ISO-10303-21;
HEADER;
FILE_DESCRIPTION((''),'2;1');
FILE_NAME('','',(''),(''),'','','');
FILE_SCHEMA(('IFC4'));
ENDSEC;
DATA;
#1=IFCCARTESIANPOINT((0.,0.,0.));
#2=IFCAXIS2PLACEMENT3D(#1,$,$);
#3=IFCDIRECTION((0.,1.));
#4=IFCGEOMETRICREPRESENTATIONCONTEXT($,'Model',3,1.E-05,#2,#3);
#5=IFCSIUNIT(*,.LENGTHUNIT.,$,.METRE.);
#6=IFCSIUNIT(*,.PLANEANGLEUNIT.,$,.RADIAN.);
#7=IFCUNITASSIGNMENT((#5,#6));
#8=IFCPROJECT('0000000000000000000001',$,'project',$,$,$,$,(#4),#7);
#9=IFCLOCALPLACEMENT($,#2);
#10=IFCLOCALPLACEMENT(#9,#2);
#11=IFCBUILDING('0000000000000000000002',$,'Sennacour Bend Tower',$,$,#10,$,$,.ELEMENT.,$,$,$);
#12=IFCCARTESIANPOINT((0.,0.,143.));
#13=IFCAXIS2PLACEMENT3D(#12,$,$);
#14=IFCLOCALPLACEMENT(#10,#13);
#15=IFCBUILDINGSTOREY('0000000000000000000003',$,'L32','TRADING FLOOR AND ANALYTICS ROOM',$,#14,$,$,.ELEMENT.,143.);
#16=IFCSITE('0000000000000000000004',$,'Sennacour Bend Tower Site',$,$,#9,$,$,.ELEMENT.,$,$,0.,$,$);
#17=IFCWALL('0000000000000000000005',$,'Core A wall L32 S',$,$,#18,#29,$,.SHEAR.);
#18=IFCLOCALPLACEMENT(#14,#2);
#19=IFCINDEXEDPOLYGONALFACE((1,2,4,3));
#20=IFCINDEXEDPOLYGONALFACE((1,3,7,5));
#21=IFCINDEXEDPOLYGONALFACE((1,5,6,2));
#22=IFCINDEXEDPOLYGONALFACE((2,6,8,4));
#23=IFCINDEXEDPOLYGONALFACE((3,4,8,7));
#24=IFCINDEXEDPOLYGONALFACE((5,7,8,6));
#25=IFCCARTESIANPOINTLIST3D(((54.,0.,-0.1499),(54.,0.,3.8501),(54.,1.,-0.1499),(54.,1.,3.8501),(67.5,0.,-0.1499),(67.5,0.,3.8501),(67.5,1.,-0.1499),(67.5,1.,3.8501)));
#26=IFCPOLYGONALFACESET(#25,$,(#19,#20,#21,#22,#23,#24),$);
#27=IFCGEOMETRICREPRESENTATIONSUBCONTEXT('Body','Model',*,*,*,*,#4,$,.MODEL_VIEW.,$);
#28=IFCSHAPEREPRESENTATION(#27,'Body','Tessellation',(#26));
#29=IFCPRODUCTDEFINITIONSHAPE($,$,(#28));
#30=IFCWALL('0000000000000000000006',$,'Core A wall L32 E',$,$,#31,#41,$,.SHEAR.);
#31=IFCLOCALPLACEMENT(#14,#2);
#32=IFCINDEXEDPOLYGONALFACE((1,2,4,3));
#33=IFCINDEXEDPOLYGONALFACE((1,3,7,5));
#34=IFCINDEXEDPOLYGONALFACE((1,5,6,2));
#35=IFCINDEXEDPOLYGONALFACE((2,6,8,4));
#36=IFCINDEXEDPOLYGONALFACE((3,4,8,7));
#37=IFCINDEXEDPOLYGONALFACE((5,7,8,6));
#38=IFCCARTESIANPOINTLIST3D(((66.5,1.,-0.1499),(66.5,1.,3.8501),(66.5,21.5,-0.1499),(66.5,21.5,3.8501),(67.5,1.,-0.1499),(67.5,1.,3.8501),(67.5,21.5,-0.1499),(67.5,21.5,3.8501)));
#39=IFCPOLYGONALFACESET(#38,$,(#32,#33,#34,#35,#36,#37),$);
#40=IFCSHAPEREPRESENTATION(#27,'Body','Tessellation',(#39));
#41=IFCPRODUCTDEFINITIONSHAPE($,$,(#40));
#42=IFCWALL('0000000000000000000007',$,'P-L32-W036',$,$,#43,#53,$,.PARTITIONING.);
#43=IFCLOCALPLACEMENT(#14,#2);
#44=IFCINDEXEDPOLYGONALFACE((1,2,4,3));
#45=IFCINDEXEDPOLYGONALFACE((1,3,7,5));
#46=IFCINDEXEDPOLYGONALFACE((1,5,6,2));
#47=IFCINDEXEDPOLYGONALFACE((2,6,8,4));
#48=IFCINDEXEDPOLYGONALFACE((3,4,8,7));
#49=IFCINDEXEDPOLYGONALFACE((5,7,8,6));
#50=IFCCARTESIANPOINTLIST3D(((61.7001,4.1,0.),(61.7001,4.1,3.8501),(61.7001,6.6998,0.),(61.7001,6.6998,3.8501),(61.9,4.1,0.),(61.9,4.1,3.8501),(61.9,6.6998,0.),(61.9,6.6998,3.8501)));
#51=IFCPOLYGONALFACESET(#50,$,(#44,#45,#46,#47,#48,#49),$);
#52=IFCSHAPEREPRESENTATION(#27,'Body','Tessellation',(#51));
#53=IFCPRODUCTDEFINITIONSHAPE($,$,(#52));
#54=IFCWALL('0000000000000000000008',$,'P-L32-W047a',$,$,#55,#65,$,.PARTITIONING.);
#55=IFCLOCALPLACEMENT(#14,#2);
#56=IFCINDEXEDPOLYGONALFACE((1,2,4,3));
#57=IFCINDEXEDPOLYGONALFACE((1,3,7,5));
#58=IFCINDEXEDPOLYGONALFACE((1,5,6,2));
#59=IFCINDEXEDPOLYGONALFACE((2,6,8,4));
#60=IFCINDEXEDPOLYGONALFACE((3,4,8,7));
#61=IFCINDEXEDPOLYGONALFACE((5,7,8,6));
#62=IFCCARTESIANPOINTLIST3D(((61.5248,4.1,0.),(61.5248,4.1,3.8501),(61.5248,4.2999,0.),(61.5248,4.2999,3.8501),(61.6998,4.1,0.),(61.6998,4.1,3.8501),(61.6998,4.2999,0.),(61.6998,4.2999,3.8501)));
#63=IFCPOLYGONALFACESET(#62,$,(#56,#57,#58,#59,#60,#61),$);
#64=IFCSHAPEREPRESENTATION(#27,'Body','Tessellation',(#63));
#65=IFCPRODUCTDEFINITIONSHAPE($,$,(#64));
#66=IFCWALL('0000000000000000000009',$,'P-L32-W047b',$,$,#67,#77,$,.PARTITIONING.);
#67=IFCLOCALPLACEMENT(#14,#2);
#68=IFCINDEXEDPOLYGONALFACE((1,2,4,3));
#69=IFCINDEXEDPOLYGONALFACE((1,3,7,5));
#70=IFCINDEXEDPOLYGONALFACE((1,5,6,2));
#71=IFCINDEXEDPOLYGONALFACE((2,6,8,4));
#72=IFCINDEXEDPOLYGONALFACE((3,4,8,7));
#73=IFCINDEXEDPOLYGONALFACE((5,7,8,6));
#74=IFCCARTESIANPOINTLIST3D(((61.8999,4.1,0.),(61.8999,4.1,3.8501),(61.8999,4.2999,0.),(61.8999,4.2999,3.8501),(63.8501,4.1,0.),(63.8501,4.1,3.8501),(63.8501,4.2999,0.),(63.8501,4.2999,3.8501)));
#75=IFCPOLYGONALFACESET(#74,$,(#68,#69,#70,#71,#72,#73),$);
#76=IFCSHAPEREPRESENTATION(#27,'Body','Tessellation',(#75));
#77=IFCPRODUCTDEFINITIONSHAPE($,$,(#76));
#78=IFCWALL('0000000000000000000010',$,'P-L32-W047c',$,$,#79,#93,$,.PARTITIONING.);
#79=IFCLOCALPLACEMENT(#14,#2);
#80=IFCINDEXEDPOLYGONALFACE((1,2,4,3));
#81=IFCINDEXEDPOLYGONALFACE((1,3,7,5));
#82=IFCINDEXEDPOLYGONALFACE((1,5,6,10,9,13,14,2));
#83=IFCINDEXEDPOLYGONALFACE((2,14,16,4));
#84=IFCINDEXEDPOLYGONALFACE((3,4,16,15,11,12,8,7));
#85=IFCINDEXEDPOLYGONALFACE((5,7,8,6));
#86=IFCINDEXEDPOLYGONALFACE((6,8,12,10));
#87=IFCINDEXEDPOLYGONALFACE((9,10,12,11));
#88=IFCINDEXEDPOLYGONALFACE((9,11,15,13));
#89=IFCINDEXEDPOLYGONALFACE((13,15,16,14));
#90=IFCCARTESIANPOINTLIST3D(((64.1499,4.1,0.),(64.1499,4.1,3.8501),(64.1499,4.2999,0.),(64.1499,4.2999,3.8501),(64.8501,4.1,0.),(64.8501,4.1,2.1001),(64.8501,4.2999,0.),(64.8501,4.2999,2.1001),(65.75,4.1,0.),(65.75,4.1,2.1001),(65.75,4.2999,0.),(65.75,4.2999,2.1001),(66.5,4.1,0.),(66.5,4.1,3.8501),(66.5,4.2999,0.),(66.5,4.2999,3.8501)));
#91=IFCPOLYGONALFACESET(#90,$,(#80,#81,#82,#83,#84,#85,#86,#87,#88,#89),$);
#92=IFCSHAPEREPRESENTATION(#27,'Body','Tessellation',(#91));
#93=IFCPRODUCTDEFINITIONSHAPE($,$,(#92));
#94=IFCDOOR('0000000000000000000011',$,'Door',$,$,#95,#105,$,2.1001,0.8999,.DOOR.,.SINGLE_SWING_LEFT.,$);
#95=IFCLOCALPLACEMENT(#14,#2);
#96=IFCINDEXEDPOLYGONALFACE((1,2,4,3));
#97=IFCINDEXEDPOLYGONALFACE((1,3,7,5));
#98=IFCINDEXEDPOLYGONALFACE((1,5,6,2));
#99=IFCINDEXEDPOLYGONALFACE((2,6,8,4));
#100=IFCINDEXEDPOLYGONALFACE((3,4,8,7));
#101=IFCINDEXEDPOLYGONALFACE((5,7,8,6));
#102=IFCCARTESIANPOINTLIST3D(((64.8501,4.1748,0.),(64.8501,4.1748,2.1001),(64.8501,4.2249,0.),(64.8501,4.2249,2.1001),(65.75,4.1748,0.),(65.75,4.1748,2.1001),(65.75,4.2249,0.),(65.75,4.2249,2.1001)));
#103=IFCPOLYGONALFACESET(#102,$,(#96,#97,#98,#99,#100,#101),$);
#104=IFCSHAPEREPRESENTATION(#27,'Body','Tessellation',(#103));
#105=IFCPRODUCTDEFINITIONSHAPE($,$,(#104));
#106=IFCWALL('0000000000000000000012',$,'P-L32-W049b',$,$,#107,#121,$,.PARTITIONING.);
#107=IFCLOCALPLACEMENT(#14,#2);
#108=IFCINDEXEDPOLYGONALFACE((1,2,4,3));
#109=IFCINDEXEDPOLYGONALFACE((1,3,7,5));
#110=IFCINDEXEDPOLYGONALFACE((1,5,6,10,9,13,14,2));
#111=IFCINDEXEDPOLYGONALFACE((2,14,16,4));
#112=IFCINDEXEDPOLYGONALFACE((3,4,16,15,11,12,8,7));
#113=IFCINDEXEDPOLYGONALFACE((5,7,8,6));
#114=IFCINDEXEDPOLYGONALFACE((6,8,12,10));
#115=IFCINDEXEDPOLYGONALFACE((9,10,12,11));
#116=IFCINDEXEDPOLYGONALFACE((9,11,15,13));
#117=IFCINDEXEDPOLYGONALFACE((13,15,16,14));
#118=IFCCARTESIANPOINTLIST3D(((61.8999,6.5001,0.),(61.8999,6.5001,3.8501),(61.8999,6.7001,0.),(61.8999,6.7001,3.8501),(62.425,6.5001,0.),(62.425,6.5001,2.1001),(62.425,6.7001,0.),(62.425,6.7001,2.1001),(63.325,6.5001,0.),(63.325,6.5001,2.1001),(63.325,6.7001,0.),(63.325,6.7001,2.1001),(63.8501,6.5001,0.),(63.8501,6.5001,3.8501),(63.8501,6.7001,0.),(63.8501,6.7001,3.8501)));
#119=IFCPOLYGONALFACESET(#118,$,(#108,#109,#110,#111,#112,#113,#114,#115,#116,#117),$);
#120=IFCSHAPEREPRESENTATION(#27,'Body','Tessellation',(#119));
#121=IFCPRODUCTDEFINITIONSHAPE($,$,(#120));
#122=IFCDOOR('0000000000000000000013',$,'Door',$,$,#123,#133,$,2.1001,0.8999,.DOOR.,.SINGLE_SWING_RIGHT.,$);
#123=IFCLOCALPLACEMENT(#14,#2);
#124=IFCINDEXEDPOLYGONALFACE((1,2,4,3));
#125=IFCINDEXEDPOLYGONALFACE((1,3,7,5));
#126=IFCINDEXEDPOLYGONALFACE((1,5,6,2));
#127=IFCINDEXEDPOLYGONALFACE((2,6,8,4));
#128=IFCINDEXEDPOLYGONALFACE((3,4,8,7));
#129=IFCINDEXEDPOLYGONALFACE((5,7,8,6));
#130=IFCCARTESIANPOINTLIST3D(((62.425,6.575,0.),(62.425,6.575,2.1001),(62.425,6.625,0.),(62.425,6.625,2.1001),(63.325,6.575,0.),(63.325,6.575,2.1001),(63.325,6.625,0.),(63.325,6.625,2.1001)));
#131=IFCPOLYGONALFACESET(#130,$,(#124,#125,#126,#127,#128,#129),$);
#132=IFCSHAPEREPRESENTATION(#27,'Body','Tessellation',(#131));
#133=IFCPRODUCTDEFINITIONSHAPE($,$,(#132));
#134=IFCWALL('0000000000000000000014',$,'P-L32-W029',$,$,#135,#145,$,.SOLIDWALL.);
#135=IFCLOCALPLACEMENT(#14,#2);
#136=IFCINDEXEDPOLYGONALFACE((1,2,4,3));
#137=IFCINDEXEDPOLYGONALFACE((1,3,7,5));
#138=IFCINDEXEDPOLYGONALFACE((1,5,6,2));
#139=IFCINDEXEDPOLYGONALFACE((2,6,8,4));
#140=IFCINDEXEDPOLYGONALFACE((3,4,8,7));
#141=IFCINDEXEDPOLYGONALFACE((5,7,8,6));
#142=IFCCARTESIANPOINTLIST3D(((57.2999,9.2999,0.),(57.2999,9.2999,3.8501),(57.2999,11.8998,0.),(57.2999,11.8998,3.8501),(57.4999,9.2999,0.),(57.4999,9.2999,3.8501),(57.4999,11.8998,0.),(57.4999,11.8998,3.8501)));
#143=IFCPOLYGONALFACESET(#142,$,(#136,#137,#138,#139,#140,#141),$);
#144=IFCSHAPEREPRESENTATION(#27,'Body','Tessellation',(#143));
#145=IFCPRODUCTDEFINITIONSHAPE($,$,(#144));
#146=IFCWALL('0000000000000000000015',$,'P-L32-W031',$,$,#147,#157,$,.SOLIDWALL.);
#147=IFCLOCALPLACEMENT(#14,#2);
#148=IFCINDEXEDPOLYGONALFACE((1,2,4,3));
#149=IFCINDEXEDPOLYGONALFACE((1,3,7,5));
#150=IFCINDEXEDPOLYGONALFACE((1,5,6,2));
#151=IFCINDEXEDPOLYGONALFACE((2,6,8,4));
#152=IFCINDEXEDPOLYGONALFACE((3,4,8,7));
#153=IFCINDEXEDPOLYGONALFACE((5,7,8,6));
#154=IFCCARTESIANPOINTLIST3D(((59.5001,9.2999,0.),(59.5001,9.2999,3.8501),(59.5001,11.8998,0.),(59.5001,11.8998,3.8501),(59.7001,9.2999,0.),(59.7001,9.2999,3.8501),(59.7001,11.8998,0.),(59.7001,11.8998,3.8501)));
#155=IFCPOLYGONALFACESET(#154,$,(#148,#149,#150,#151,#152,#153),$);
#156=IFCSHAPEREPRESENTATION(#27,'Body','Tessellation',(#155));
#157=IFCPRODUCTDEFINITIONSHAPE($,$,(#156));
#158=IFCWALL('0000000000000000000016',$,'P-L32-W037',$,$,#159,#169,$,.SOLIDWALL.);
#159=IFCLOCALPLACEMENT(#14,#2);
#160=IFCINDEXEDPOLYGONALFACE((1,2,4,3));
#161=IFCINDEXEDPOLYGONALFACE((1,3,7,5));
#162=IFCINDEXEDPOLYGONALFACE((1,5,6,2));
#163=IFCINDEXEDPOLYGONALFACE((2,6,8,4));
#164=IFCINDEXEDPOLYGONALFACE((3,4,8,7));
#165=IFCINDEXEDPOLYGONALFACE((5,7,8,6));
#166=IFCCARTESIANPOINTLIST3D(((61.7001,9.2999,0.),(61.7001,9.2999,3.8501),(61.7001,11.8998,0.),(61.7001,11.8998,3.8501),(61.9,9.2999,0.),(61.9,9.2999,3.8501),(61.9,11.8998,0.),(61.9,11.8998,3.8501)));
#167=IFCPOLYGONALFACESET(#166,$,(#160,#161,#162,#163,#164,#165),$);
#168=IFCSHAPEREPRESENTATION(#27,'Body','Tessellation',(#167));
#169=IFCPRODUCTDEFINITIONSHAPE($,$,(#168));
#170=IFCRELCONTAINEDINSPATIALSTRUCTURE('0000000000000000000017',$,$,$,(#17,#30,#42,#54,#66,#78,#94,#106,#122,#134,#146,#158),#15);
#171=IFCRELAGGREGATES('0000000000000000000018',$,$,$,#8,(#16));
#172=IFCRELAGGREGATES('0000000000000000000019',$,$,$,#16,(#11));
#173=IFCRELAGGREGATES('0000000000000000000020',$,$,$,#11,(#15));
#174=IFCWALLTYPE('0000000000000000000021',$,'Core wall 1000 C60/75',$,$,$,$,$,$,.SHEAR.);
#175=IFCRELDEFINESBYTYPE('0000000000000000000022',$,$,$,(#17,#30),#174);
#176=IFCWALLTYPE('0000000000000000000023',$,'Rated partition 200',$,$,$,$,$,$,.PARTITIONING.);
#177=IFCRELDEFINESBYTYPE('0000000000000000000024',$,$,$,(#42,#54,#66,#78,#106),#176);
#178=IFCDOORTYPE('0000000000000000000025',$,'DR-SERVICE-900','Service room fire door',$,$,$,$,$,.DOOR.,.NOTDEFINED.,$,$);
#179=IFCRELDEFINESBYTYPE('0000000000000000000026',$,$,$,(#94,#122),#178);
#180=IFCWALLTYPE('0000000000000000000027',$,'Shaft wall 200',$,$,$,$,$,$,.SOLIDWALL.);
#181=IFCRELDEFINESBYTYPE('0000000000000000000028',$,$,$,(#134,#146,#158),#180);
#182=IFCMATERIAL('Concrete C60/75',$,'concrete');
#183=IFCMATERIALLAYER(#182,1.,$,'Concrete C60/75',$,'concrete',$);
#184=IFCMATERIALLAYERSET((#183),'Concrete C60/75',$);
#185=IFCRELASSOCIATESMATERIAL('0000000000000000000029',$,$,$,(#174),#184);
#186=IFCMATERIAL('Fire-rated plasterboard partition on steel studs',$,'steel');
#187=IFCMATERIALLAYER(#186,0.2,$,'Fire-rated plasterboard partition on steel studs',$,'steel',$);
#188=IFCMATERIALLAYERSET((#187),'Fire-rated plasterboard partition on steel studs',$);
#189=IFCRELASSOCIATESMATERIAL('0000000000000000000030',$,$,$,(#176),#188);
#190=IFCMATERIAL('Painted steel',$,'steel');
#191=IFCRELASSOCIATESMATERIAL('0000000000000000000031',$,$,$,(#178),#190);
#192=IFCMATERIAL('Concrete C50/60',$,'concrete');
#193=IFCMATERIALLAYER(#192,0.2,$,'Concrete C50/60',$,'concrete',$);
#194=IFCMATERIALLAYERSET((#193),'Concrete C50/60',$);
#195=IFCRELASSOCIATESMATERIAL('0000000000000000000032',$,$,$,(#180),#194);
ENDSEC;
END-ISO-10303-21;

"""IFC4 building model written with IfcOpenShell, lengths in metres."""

from ifc_helpers import new_model, si_unit, direction, frame, frame_2d, origin, place, context, subcontext, project, spatial, rectangle, extrude, material, layer, layer_set, type_object, element, fill, save


model = new_model("IFC4")

# Units and contexts
model_context = context("Model", 3, precision=1e-05, world=origin(), true_north=direction((0.0, 1.0)))
body_context = subcontext(model_context, "Body", "Model", "MODEL_VIEW")
ifc_project = project(units=[si_unit("LENGTHUNIT", "METRE"), si_unit("PLANEANGLEUNIT", "RADIAN")], contexts=[model_context])

# Site, building, storey
site_placement = place(None, origin())
site = spatial("IfcSite", under=ifc_project, at=site_placement, Name="Sennacour Bend Tower Site", CompositionType="ELEMENT", RefElevation=0.0)
building_placement = place(site_placement, origin())
building = spatial("IfcBuilding", under=site, at=building_placement, Name="Sennacour Bend Tower", CompositionType="ELEMENT")
storey_placement = place(building_placement, frame((0.0, 0.0, 143.0)))
storey = spatial("IfcBuildingStorey", under=building, at=storey_placement, Name="L32", Description="TRADING FLOOR AND ANALYTICS ROOM", CompositionType="ELEMENT", Elevation=143.0)

# Walls
ifc_material_1 = material(Name="Concrete C60/75", Category="concrete")
ifc_layer_1 = layer(ifc_material_1, 1.0, Name="Concrete C60/75", Category="concrete")
ifc_layer_set_1 = layer_set([ifc_layer_1], Name="Concrete C60/75")
wall_type_1 = type_object("IfcWallType", Name="Core wall 1000 C60/75", PredefinedType="SHEAR", material=ifc_layer_set_1)
wall_1_placement = place(storey_placement, frame((67.5, 0.5, -0.1499), z_axis=(0.0, 0.0, 1.0), x_axis=(-1.0, 0.0, 0.0)))
element("IfcWall", 1, at=wall_1_placement, inside=storey, type_object=wall_type_1, Name="Core A wall L32 S", PredefinedType="SHEAR", context=body_context, shape_type="SweptSolid", body=[
    extrude(rectangle(XDim=13.5, YDim=1.0, at=frame_2d((6.75, 0.0))), origin(), (0.0, 0.0, 1.0), 4.0),
])
wall_2_placement = place(storey_placement, frame((67.0, 1.0, -0.1499), z_axis=(0.0, 0.0, 1.0), x_axis=(0.0, 1.0, 0.0)))
element("IfcWall", 2, at=wall_2_placement, inside=storey, type_object=wall_type_1, Name="Core A wall L32 E", PredefinedType="SHEAR", context=body_context, shape_type="SweptSolid", body=[
    extrude(rectangle(XDim=20.5, YDim=1.0, at=frame_2d((10.25, 0.0))), origin(), (0.0, 0.0, 1.0), 4.0),
])
ifc_material_2 = material(Name="Fire-rated plasterboard partition on steel studs", Category="steel")
ifc_layer_2 = layer(ifc_material_2, 0.2, Name="Fire-rated plasterboard partition on steel studs", Category="steel")
ifc_layer_set_2 = layer_set([ifc_layer_2], Name="Fire-rated plasterboard partition on steel studs")
wall_type_2 = type_object("IfcWallType", Name="Rated partition 200", PredefinedType="PARTITIONING", material=ifc_layer_set_2)
wall_3_placement = place(storey_placement, frame((61.8, 4.1001, 0.0), z_axis=(0.0, 0.0, 1.0), x_axis=(0.0, 1.0, 0.0)))
element("IfcWall", 3, at=wall_3_placement, inside=storey, type_object=wall_type_2, Name="P-L32-W036", PredefinedType="PARTITIONING", context=body_context, shape_type="SweptSolid", body=[
    extrude(rectangle(XDim=2.5999, YDim=0.2, at=frame_2d((1.2998, 0.0))), origin(), (0.0, 0.0, 1.0), 3.8501),
])
wall_4_placement = place(storey_placement, frame((61.5249, 4.2, 0.0), z_axis=(0.0, 0.0, 1.0), x_axis=(1.0, 0.0, 0.0)))
element("IfcWall", 4, at=wall_4_placement, inside=storey, type_object=wall_type_2, Name="P-L32-W047a", PredefinedType="PARTITIONING", context=body_context, shape_type="SweptSolid", body=[
    extrude(rectangle(XDim=0.175, YDim=0.2, at=frame_2d((0.0874, 0.0))), origin(), (0.0, 0.0, 1.0), 3.8501),
])
wall_5_placement = place(storey_placement, frame((61.8999, 4.2, 0.0), z_axis=(0.0, 0.0, 1.0), x_axis=(1.0, 0.0, 0.0)))
element("IfcWall", 5, at=wall_5_placement, inside=storey, type_object=wall_type_2, Name="P-L32-W047b", PredefinedType="PARTITIONING", context=body_context, shape_type="SweptSolid", body=[
    extrude(rectangle(XDim=1.9502, YDim=0.2, at=frame_2d((0.9751, 0.0))), origin(), (0.0, 0.0, 1.0), 3.8501),
])

# Walls, openings, doors
wall_6_placement = place(storey_placement, frame((64.1499, 4.2, 0.0), z_axis=(0.0, 0.0, 1.0), x_axis=(1.0, 0.0, 0.0)))
wall_6 = element("IfcWall", 6, at=wall_6_placement, inside=storey, type_object=wall_type_2, Name="P-L32-W047c", PredefinedType="PARTITIONING", context=body_context, shape_type="SweptSolid", body=[
    extrude(rectangle(XDim=2.3501, YDim=0.2, at=frame_2d((1.175, 0.0))), origin(), (0.0, 0.0, 1.0), 3.8501),
])
opening_1_placement = place(wall_6_placement, frame((0.7002, 0.0, 0.0)))
opening_1 = element("IfcOpeningElement", 7, at=opening_1_placement, cuts=wall_6, PredefinedType="OPENING", context=body_context, shape_type="SweptSolid", body=[
    extrude(rectangle(XDim=0.8999, YDim=2.1001, at=frame_2d((0.45, 1.05))), frame((0.0, 0.1099, 0.0), z_axis=(0.0, -1.0, 0.0), x_axis=(1.0, 0.0, 0.0)), (0.0, 0.0, 1.0), 0.22),
])
ifc_material_3 = material(Name="Painted steel", Category="steel")
door_type_1 = type_object("IfcDoorType", Name="DR-SERVICE-900", Description="Service room fire door", OperationType="NOTDEFINED", PredefinedType="DOOR", material=ifc_material_3)
door_1_placement = place(opening_1_placement, origin())
door_1 = element("IfcDoor", 8, at=door_1_placement, inside=storey, type_object=door_type_1, Name="Door", OperationType="SINGLE_SWING_LEFT", OverallHeight=2.1001, OverallWidth=0.8999, PredefinedType="DOOR", context=body_context, shape_type="SweptSolid", body=[
    extrude(rectangle(XDim=0.8999, YDim=2.1001, at=frame_2d((0.45, 1.05))), frame((0.0, 0.0249, 0.0), z_axis=(0.0, -1.0, 0.0), x_axis=(1.0, 0.0, 0.0)), (0.0, 0.0, 1.0), 0.05),
])
fill(opening_1, door_1)
wall_7_placement = place(storey_placement, frame((61.8999, 6.6001, 0.0), z_axis=(0.0, 0.0, 1.0), x_axis=(1.0, 0.0, 0.0)))
wall_7 = element("IfcWall", 9, at=wall_7_placement, inside=storey, type_object=wall_type_2, Name="P-L32-W049b", PredefinedType="PARTITIONING", context=body_context, shape_type="SweptSolid", body=[
    extrude(rectangle(XDim=1.9502, YDim=0.2, at=frame_2d((0.9751, 0.0))), origin(), (0.0, 0.0, 1.0), 3.8501),
])
opening_2_placement = place(wall_7_placement, frame((0.5251, 0.0, 0.0)))
opening_2 = element("IfcOpeningElement", 10, at=opening_2_placement, cuts=wall_7, PredefinedType="OPENING", context=body_context, shape_type="SweptSolid", body=[
    extrude(rectangle(XDim=0.8999, YDim=2.1001, at=frame_2d((0.45, 1.05))), frame((0.0, 0.1099, 0.0), z_axis=(0.0, -1.0, 0.0), x_axis=(1.0, 0.0, 0.0)), (0.0, 0.0, 1.0), 0.22),
])
door_2_placement = place(opening_2_placement, origin())
door_2 = element("IfcDoor", 11, at=door_2_placement, inside=storey, type_object=door_type_1, Name="Door", OperationType="SINGLE_SWING_RIGHT", OverallHeight=2.1001, OverallWidth=0.8999, PredefinedType="DOOR", context=body_context, shape_type="SweptSolid", body=[
    extrude(rectangle(XDim=0.8999, YDim=2.1001, at=frame_2d((0.45, 1.05))), frame((0.0, 0.0249, 0.0), z_axis=(0.0, -1.0, 0.0), x_axis=(1.0, 0.0, 0.0)), (0.0, 0.0, 1.0), 0.05),
])
fill(opening_2, door_2)

# Walls
ifc_material_4 = material(Name="Concrete C50/60", Category="concrete")
ifc_layer_3 = layer(ifc_material_4, 0.2, Name="Concrete C50/60", Category="concrete")
ifc_layer_set_3 = layer_set([ifc_layer_3], Name="Concrete C50/60")
wall_type_3 = type_object("IfcWallType", Name="Shaft wall 200", PredefinedType="SOLIDWALL", material=ifc_layer_set_3)
for number, where, z_axis, x_axis, name in (
    (12, (57.3999, 9.3, 0.0), (0.0, 0.0, 1.0), (0.0, 1.0, 0.0), "P-L32-W029"),
    (13, (59.6001, 9.3, 0.0), (0.0, 0.0, 1.0), (0.0, 1.0, 0.0), "P-L32-W031"),
    (14, (61.8, 9.3, 0.0), (0.0, 0.0, 1.0), (0.0, 1.0, 0.0), "P-L32-W037"),
):
    element("IfcWall", number, at=place(storey_placement, frame(where, z_axis=z_axis, x_axis=x_axis)), inside=storey, type_object=wall_type_3, Name=name, PredefinedType="SOLIDWALL", context=body_context, shape_type="SweptSolid", body=[
        extrude(rectangle(XDim=2.5999, YDim=0.2, at=frame_2d((1.2998, 0.0))), origin(), (0.0, 0.0, 1.0), 3.8501),
    ])

save(model, "model.ifc")
